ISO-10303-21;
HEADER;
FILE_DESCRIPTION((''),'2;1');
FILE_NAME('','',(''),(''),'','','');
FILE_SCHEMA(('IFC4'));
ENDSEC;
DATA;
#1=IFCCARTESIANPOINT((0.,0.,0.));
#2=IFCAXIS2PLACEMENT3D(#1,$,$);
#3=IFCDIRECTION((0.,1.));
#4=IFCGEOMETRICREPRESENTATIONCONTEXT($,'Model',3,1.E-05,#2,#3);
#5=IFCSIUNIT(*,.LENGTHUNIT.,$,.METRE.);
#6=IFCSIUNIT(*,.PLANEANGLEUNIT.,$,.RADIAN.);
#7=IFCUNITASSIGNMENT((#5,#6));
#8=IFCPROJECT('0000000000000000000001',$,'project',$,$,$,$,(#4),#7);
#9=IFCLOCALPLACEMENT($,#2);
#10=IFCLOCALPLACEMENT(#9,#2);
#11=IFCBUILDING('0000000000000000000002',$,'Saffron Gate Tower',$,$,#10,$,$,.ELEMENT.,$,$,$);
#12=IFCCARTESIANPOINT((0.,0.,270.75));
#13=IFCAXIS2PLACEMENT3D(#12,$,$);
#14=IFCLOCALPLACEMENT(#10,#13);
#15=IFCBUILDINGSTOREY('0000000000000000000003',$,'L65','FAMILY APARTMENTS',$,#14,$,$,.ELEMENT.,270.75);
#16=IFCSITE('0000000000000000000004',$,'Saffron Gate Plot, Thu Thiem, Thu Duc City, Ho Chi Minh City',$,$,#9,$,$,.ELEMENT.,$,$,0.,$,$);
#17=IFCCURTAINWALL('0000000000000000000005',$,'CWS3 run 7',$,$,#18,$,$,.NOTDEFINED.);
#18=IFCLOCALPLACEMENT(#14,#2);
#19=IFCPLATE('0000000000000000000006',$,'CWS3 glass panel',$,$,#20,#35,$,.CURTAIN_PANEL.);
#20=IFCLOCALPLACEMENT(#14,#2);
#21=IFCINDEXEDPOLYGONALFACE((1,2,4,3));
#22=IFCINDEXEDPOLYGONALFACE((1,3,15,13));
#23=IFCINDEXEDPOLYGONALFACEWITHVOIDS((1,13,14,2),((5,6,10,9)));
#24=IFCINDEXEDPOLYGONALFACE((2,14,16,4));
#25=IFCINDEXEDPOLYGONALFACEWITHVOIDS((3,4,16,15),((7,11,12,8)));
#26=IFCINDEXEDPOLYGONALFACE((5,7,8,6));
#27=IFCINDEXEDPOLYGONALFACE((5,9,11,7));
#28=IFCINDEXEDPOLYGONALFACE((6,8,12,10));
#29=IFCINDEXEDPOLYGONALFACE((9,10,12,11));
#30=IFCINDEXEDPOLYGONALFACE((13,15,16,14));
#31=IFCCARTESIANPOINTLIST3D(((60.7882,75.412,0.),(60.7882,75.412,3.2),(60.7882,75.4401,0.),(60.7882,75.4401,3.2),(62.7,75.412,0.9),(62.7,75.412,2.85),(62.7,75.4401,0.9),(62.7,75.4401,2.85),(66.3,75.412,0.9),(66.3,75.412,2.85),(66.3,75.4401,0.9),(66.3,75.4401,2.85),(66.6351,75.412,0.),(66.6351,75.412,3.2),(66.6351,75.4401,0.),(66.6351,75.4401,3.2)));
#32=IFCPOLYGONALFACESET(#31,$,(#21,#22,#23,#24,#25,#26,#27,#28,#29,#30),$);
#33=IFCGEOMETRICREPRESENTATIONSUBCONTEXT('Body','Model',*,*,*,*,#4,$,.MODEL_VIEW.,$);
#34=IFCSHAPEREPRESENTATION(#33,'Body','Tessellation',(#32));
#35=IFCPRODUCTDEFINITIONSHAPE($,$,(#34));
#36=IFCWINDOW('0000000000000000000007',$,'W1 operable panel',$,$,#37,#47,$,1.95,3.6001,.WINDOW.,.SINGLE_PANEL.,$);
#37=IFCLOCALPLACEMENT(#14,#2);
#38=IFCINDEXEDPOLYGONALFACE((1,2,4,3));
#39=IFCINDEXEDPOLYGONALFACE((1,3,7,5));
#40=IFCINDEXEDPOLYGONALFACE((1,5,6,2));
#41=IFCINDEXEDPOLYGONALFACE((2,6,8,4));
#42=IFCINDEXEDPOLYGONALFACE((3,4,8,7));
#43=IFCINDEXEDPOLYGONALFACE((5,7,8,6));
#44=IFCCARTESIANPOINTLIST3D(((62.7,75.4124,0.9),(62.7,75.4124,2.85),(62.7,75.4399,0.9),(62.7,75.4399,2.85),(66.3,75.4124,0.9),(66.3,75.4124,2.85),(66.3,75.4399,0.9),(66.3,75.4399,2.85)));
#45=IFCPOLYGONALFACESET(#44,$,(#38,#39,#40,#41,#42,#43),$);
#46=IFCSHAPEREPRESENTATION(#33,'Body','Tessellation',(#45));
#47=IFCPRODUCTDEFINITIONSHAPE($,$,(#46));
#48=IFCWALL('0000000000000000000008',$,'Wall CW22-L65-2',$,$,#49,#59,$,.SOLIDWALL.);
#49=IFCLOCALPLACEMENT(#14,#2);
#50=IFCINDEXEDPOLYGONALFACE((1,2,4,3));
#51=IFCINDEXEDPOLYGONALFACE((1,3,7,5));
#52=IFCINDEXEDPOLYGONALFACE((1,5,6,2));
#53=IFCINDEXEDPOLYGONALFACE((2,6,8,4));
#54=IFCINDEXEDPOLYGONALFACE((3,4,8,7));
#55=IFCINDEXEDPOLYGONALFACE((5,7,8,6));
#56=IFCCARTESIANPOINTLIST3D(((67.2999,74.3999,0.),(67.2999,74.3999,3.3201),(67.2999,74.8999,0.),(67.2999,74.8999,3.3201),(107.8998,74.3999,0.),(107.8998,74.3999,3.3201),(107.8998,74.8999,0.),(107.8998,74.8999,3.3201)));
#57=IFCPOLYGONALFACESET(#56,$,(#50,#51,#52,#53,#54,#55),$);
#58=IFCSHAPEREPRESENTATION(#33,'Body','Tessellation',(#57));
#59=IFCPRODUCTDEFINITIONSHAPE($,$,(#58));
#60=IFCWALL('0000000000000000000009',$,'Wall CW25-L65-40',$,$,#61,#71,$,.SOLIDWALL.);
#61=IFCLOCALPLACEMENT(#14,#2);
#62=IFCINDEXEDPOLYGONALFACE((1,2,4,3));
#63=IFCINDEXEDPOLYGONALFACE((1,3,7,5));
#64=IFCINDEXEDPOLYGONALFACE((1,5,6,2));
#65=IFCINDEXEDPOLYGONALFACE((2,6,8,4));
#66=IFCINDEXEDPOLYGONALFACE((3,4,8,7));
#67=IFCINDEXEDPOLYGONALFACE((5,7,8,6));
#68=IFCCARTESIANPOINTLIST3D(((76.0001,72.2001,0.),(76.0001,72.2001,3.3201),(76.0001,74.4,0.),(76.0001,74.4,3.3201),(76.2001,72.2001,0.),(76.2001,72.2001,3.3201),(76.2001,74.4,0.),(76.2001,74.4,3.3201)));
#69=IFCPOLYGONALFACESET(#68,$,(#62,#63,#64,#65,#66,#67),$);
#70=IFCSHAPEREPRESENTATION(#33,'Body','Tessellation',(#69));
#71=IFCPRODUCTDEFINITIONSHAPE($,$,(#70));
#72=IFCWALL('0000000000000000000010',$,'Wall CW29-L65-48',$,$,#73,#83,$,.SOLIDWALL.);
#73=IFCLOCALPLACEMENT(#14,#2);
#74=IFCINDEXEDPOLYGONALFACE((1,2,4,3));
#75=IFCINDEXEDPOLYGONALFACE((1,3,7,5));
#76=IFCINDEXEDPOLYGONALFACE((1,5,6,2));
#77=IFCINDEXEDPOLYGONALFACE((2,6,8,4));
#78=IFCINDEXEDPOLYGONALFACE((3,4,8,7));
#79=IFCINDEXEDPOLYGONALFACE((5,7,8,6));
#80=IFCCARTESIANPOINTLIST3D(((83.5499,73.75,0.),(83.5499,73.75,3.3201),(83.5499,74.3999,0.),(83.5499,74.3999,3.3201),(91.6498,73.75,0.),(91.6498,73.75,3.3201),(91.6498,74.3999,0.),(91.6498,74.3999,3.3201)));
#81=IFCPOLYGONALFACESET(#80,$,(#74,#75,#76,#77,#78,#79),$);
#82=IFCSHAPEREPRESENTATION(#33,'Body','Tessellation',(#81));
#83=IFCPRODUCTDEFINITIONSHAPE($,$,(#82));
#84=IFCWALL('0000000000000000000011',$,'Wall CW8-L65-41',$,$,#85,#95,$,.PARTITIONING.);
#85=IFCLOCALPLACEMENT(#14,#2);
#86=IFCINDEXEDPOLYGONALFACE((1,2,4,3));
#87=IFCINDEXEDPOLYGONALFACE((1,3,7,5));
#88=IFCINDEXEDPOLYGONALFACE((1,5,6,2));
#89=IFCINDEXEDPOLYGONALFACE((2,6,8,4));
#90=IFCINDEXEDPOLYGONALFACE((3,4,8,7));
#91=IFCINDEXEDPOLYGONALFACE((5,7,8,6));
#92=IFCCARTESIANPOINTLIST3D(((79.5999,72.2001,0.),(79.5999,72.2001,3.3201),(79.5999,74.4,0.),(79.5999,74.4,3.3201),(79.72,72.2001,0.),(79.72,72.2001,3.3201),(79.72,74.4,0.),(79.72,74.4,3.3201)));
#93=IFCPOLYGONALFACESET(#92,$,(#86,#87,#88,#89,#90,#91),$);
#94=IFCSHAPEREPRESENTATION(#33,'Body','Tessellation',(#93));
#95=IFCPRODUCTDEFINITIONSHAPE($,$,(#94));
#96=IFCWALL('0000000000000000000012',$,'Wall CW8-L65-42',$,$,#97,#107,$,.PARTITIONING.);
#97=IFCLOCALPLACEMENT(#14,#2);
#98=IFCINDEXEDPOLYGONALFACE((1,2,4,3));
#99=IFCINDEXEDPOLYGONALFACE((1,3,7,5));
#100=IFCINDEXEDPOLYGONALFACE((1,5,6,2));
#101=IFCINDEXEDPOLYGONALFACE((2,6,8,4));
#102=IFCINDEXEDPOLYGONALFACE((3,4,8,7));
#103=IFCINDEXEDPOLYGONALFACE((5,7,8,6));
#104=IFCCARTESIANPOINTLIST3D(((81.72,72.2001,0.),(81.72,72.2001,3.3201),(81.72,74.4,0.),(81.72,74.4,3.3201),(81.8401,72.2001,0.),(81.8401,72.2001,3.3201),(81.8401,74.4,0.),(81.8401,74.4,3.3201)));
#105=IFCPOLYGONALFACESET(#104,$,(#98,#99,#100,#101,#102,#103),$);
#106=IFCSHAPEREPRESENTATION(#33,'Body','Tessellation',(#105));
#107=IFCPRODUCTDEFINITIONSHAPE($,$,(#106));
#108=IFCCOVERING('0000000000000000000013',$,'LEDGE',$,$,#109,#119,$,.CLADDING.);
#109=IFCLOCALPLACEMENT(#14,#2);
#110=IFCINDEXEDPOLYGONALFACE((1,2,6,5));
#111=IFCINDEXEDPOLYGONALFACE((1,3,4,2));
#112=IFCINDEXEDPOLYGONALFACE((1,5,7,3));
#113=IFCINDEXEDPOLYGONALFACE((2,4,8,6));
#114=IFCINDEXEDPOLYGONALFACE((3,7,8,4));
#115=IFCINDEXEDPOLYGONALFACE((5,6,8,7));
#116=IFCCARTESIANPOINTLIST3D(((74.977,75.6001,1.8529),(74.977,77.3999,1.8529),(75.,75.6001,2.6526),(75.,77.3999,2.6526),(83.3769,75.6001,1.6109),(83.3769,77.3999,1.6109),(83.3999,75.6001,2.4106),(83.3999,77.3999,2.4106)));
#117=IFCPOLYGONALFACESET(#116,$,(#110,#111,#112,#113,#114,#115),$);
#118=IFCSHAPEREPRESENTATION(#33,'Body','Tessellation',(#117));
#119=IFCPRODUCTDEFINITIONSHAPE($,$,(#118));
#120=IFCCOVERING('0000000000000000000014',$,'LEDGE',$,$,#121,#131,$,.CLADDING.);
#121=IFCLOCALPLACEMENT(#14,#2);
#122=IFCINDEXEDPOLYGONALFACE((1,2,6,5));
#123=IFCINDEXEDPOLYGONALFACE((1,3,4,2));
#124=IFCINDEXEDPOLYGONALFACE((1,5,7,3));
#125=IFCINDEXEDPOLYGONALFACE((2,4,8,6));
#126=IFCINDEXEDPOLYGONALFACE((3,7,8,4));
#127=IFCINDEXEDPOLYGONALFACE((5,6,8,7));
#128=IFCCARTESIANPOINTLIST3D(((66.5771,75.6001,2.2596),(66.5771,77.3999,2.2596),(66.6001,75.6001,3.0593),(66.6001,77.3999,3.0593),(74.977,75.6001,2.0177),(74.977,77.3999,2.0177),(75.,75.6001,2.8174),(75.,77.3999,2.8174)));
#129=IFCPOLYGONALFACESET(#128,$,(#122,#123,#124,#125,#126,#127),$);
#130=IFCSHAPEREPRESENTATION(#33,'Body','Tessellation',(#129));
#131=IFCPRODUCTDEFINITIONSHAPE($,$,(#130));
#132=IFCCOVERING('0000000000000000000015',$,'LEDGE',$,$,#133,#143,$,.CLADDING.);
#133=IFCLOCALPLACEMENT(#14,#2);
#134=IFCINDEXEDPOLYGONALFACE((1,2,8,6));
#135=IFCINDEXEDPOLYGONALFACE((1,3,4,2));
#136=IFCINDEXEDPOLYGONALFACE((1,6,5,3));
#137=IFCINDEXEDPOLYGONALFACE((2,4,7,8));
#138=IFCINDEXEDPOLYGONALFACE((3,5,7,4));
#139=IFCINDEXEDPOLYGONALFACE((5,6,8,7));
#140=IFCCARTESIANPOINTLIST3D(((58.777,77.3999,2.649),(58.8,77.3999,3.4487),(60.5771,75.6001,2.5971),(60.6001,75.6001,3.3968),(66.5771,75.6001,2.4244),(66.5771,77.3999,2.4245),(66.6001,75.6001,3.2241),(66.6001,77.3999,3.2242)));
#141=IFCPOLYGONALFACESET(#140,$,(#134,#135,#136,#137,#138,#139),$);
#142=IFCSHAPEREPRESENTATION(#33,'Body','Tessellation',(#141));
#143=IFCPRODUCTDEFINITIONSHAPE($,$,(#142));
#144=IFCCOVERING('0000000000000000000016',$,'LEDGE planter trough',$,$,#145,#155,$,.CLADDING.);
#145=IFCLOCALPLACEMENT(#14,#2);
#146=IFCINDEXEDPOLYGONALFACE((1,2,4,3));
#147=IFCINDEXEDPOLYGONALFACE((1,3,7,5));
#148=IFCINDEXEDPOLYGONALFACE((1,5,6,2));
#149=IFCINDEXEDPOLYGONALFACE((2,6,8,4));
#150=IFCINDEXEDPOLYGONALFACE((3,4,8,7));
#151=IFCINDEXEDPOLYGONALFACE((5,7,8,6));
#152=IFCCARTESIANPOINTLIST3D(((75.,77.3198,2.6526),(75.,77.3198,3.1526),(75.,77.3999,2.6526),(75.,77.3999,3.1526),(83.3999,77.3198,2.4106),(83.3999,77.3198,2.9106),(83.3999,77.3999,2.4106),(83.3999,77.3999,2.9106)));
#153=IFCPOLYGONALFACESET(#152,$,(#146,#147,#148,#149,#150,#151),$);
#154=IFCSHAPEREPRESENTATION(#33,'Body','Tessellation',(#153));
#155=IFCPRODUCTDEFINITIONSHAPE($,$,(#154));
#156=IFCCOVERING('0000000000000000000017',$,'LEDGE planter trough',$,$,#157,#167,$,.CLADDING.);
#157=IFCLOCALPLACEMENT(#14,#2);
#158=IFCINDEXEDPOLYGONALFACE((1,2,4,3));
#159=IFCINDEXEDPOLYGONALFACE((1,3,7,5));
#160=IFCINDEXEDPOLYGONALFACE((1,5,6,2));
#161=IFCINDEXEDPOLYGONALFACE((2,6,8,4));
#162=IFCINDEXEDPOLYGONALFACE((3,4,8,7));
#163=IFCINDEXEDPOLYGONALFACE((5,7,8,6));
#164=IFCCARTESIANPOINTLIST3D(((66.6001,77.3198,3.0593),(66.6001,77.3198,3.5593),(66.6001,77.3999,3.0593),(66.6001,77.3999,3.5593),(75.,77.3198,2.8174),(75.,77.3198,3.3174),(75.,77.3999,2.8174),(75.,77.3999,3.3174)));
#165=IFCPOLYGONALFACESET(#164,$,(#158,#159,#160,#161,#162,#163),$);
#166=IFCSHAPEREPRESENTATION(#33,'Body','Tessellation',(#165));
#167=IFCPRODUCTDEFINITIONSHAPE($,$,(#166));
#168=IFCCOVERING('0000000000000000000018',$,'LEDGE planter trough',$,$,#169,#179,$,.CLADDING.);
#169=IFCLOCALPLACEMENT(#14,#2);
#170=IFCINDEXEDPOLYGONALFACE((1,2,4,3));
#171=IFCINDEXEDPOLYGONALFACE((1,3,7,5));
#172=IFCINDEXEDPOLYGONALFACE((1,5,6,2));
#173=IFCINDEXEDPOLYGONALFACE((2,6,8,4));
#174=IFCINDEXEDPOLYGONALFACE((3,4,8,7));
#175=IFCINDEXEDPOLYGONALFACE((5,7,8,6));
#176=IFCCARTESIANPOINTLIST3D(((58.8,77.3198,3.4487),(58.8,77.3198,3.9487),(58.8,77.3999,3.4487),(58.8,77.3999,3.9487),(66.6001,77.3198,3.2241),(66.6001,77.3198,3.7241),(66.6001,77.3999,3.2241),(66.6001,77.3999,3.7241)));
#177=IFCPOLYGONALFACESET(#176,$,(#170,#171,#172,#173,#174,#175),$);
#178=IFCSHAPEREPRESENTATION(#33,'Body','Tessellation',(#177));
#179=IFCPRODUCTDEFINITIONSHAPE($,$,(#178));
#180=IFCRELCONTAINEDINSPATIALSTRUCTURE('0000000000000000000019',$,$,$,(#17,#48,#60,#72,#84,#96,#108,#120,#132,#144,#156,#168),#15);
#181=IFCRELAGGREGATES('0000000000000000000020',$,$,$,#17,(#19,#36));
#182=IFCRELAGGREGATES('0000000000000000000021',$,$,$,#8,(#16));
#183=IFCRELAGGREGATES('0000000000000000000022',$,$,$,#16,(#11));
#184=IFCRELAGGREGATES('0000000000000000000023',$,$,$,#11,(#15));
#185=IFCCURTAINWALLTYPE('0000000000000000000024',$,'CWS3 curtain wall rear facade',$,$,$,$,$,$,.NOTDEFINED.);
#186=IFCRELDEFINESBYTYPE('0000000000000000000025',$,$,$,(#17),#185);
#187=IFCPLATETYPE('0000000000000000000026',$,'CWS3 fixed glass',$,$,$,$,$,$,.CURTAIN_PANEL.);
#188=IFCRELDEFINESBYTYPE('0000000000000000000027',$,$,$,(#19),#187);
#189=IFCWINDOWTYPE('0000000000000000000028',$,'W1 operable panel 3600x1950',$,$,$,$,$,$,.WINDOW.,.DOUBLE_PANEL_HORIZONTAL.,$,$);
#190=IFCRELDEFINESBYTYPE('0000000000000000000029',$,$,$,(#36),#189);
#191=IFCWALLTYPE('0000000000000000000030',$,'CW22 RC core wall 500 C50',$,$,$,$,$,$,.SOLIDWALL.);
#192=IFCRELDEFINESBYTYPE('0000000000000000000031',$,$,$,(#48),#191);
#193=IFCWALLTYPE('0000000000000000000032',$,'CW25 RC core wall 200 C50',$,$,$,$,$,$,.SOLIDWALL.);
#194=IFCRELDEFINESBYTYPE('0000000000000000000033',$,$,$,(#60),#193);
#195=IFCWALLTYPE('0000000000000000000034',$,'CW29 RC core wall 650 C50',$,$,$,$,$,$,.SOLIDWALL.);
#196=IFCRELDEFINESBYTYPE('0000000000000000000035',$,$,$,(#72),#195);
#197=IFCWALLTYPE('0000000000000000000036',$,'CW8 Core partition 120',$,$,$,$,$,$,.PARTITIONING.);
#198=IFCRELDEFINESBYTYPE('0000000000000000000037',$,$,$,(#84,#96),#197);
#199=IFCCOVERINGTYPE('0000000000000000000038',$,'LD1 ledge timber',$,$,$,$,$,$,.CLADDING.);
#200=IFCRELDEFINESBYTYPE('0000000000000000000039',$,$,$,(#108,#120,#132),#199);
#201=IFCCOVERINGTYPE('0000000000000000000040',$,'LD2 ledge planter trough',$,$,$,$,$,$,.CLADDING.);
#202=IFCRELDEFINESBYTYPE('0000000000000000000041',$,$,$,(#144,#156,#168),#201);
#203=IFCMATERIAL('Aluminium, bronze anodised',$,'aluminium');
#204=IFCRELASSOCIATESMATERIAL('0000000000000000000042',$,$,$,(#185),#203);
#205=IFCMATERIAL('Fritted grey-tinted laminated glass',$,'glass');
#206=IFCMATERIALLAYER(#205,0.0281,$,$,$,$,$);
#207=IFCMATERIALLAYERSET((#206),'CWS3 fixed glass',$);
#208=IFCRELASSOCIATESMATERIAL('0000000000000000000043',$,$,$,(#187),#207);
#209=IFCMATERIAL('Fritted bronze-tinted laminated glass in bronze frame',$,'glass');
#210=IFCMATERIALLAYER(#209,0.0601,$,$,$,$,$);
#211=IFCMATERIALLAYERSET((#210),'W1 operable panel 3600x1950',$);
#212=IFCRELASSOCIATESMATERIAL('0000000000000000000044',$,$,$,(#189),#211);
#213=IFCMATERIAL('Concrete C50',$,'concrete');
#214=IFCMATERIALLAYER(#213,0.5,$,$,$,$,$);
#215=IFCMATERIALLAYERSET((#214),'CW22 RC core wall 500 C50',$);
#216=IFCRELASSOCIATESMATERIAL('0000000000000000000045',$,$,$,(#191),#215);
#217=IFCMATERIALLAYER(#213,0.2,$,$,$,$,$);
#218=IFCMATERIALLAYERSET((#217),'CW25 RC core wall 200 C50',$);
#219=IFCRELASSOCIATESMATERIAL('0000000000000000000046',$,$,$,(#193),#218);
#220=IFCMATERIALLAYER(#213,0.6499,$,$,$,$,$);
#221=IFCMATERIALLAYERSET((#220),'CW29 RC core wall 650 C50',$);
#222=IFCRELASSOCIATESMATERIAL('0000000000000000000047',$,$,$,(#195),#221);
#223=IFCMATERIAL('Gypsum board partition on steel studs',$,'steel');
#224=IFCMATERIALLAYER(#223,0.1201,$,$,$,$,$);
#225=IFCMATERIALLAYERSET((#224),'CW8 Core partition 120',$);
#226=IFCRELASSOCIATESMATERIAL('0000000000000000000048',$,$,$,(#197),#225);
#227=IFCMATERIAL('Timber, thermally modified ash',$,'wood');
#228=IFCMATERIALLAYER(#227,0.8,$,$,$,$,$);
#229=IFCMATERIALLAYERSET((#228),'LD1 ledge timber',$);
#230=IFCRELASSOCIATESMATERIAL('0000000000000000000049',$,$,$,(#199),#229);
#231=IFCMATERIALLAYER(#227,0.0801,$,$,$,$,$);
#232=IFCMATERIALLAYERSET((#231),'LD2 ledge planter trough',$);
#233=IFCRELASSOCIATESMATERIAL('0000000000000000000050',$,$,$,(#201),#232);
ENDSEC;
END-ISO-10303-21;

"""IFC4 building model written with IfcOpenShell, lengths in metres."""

from ifc_helpers import new_model, si_unit, direction, frame, frame_2d, origin, place, context, subcontext, project, spatial, polyline, rectangle, outline, extrude, material, layer, layer_set, type_object, element, fill, aggregate, save


model = new_model("IFC4")

# Units and contexts
model_context = context("Model", 3, precision=1e-05, world=origin(), true_north=direction((0.0, 1.0)))
body_context = subcontext(model_context, "Body", "Model", "MODEL_VIEW")
ifc_project = project(units=[si_unit("LENGTHUNIT", "METRE"), si_unit("PLANEANGLEUNIT", "RADIAN")], contexts=[model_context])

# Site, building, storey
site_placement = place(None, origin())
site = spatial("IfcSite", under=ifc_project, at=site_placement, Name="Saffron Gate Plot, Thu Thiem, Thu Duc City, Ho Chi Minh City", CompositionType="ELEMENT", RefElevation=0.0)
building_placement = place(site_placement, origin())
building = spatial("IfcBuilding", under=site, at=building_placement, Name="Saffron Gate Tower", CompositionType="ELEMENT")
storey_placement = place(building_placement, frame((0.0, 0.0, 270.75)))
storey = spatial("IfcBuildingStorey", under=building, at=storey_placement, Name="L65", Description="FAMILY APARTMENTS", CompositionType="ELEMENT", Elevation=270.75)

# Curtain wall, plate, opening, window
ifc_material_1 = material(Name="Aluminium, bronze anodised", Category="aluminium")
curtain_wall_type = type_object("IfcCurtainWallType", Name="CWS3 curtain wall rear facade", PredefinedType="NOTDEFINED", material=ifc_material_1)
curtain_wall_placement = place(storey_placement, origin())
curtain_wall = element("IfcCurtainWall", 1, at=curtain_wall_placement, inside=storey, type_object=curtain_wall_type, Name="CWS3 run 7", PredefinedType="NOTDEFINED")
ifc_material_2 = material(Name="Fritted grey-tinted laminated glass", Category="glass")
ifc_layer_1 = layer(ifc_material_2, 0.0281)
ifc_layer_set_1 = layer_set([ifc_layer_1], Name="CWS3 fixed glass")
plate_type = type_object("IfcPlateType", Name="CWS3 fixed glass", PredefinedType="CURTAIN_PANEL", material=ifc_layer_set_1)
plate_placement = place(storey_placement, frame((66.635, 75.426, 0.0), z_axis=(0.0, 0.0, 1.0), x_axis=(-1.0, 0.0, 0.0)))
plate = element("IfcPlate", 2, at=plate_placement, type_object=plate_type, Name="CWS3 glass panel", PredefinedType="CURTAIN_PANEL", context=body_context, shape_type="SweptSolid", body=[
    extrude(rectangle(XDim=5.8469, YDim=0.0281, at=frame_2d((2.9233, 0.0))), origin(), (0.0, 0.0, 1.0), 3.2),
])
opening_placement = place(plate_placement, frame((0.335, 0.0, 0.8999)))
opening = element("IfcOpeningElement", 3, at=opening_placement, cuts=plate, PredefinedType="OPENING", context=body_context, shape_type="SweptSolid", body=[
    extrude(rectangle(XDim=3.6001, YDim=1.95, at=frame_2d((1.8, 0.9751))), frame((0.0, 0.0239, 0.0), z_axis=(0.0, -1.0, 0.0), x_axis=(1.0, 0.0, 0.0)), (0.0, 0.0, 1.0), 0.0481),
])
ifc_material_3 = material(Name="Fritted bronze-tinted laminated glass in bronze frame", Category="glass")
ifc_layer_2 = layer(ifc_material_3, 0.0601)
ifc_layer_set_2 = layer_set([ifc_layer_2], Name="W1 operable panel 3600x1950")
window_type = type_object("IfcWindowType", Name="W1 operable panel 3600x1950", PartitioningType="DOUBLE_PANEL_HORIZONTAL", PredefinedType="WINDOW", material=ifc_layer_set_2)
window_placement = place(opening_placement, origin())
window = element("IfcWindow", 4, at=window_placement, type_object=window_type, Name="W1 operable panel", OverallHeight=1.95, OverallWidth=3.6001, PartitioningType="SINGLE_PANEL", PredefinedType="WINDOW", context=body_context, shape_type="SweptSolid", body=[
    extrude(rectangle(XDim=3.6001, YDim=1.95, at=frame_2d((1.8, 0.9751))), frame((0.0, 0.0137, 0.0), z_axis=(0.0, -1.0, 0.0), x_axis=(1.0, 0.0, 0.0)), (0.0, 0.0, 1.0), 0.0276),
])
fill(opening, window)
aggregate(curtain_wall, [plate, window])

# Walls
ifc_material_4 = material(Name="Concrete C50", Category="concrete")
ifc_layer_3 = layer(ifc_material_4, 0.5)
ifc_layer_set_3 = layer_set([ifc_layer_3], Name="CW22 RC core wall 500 C50")
wall_type_1 = type_object("IfcWallType", Name="CW22 RC core wall 500 C50", PredefinedType="SOLIDWALL", material=ifc_layer_set_3)
wall_1_placement = place(storey_placement, frame((67.3, 74.6499, 0.0), z_axis=(0.0, 0.0, 1.0), x_axis=(1.0, 0.0, 0.0)))
element("IfcWall", 5, at=wall_1_placement, inside=storey, type_object=wall_type_1, Name="Wall CW22-L65-2", PredefinedType="SOLIDWALL", context=body_context, shape_type="SweptSolid", body=[
    extrude(rectangle(XDim=40.5999, YDim=0.5, at=frame_2d((20.2998, 0.0))), origin(), (0.0, 0.0, 1.0), 3.3201),
])
ifc_layer_4 = layer(ifc_material_4, 0.2)
ifc_layer_set_4 = layer_set([ifc_layer_4], Name="CW25 RC core wall 200 C50")
wall_type_2 = type_object("IfcWallType", Name="CW25 RC core wall 200 C50", PredefinedType="SOLIDWALL", material=ifc_layer_set_4)
wall_2_placement = place(storey_placement, frame((76.1001, 72.2, 0.0), z_axis=(0.0, 0.0, 1.0), x_axis=(0.0, 1.0, 0.0)))
element("IfcWall", 6, at=wall_2_placement, inside=storey, type_object=wall_type_2, Name="Wall CW25-L65-40", PredefinedType="SOLIDWALL", context=body_context, shape_type="SweptSolid", body=[
    extrude(rectangle(XDim=2.2, YDim=0.2, at=frame_2d((1.1001, 0.0))), origin(), (0.0, 0.0, 1.0), 3.3201),
])
ifc_layer_5 = layer(ifc_material_4, 0.6499)
ifc_layer_set_5 = layer_set([ifc_layer_5], Name="CW29 RC core wall 650 C50")
wall_type_3 = type_object("IfcWallType", Name="CW29 RC core wall 650 C50", PredefinedType="SOLIDWALL", material=ifc_layer_set_5)
wall_3_placement = place(storey_placement, frame((83.55, 74.075, 0.0), z_axis=(0.0, 0.0, 1.0), x_axis=(1.0, 0.0, 0.0)))
element("IfcWall", 7, at=wall_3_placement, inside=storey, type_object=wall_type_3, Name="Wall CW29-L65-48", PredefinedType="SOLIDWALL", context=body_context, shape_type="SweptSolid", body=[
    extrude(rectangle(XDim=8.0999, YDim=0.6499, at=frame_2d((4.0498, 0.0))), origin(), (0.0, 0.0, 1.0), 3.3201),
])
ifc_material_5 = material(Name="Gypsum board partition on steel studs", Category="steel")
ifc_layer_6 = layer(ifc_material_5, 0.1201)
ifc_layer_set_6 = layer_set([ifc_layer_6], Name="CW8 Core partition 120")
wall_type_4 = type_object("IfcWallType", Name="CW8 Core partition 120", PredefinedType="PARTITIONING", material=ifc_layer_set_6)
for number, where, z_axis, x_axis, name in (
    (8, (79.6599, 72.2, 0.0), (0.0, 0.0, 1.0), (0.0, 1.0, 0.0), "Wall CW8-L65-41"),
    (9, (81.78, 72.2, 0.0), (0.0, 0.0, 1.0), (0.0, 1.0, 0.0), "Wall CW8-L65-42"),
):
    element("IfcWall", number, at=place(storey_placement, frame(where, z_axis=z_axis, x_axis=x_axis)), inside=storey, type_object=wall_type_4, Name=name, PredefinedType="PARTITIONING", context=body_context, shape_type="SweptSolid", body=[
        extrude(rectangle(XDim=2.2, YDim=0.1201, at=frame_2d((1.1001, 0.0))), origin(), (0.0, 0.0, 1.0), 3.3201),
    ])

# Coverings
ifc_material_6 = material(Name="Timber, thermally modified ash", Category="wood")
ifc_layer_7 = layer(ifc_material_6, 0.8)
ifc_layer_set_7 = layer_set([ifc_layer_7], Name="LD1 ledge timber")
covering_type_1 = type_object("IfcCoveringType", Name="LD1 ledge timber", PredefinedType="CLADDING", material=ifc_layer_set_7)
for number, where, z_axis, x_axis, name in (
    (10, (83.3999, 75.6001, 2.4106), (0.028791, 0.0, 0.999585), (-0.999585, 0.0, 0.028791), "LEDGE"),
    (11, (75.0, 75.6001, 2.8174), (0.028791, 0.0, 0.999585), (-0.999585, 0.0, 0.028791), "LEDGE"),
):
    element("IfcCovering", number, at=place(storey_placement, frame(where, z_axis=z_axis, x_axis=x_axis)), inside=storey, type_object=covering_type_1, Name=name, PredefinedType="CLADDING", context=body_context, shape_type="SweptSolid", body=[
        extrude(outline(polyline([(0.0, 0.0), (8.4034, 0.0), (8.4034, -1.7998), (0.0, -1.7998), (0.0, 0.0)])), origin(), (0.0, 0.0, -1.0), 0.8),
    ])
covering_1_placement = place(storey_placement, frame((66.6001, 75.6001, 3.2241), z_axis=(0.028772, -0.000053, 0.999586), x_axis=(-0.999586, 0.0, 0.028772)))
element("IfcCovering", 12, at=covering_1_placement, inside=storey, type_object=covering_type_1, Name="LEDGE", PredefinedType="CLADDING", context=body_context, shape_type="SweptSolid", body=[
    extrude(outline(polyline([(0.0, 0.0), (6.0025, 0.0), (7.8033, -1.7998), (0.0, -1.7998), (0.0, 0.0)])), origin(), (0.0, 0.0, -1.0), 0.8),
])
ifc_layer_8 = layer(ifc_material_6, 0.0801)
ifc_layer_set_8 = layer_set([ifc_layer_8], Name="LD2 ledge planter trough")
covering_type_2 = type_object("IfcCoveringType", Name="LD2 ledge planter trough", PredefinedType="CLADDING", material=ifc_layer_set_8)
for number, where, z_axis, x_axis, name in (
    (13, (83.3999, 77.3999, 2.4106), (0.0, 1.0, 0.0), (-0.999585, 0.0, 0.028791), "LEDGE planter trough"),
    (14, (75.0, 77.3999, 2.8174), (0.0, 1.0, 0.0), (-0.999585, 0.0, 0.028791), "LEDGE planter trough"),
):
    element("IfcCovering", number, at=place(storey_placement, frame(where, z_axis=z_axis, x_axis=x_axis)), inside=storey, type_object=covering_type_2, Name=name, PredefinedType="CLADDING", context=body_context, shape_type="SweptSolid", body=[
        extrude(outline(polyline([(0.0, 0.0), (8.4034, 0.0), (8.4178, 0.4998), (0.0144, 0.4998), (0.0, 0.0)])), origin(), (0.0, 0.0, -1.0), 0.0801),
    ])
covering_2_placement = place(storey_placement, frame((66.6001, 77.3999, 3.2241), z_axis=(0.0, 1.0, 0.0), x_axis=(-0.999586, 0.0, 0.028784)))
element("IfcCovering", 15, at=covering_2_placement, inside=storey, type_object=covering_type_2, Name="LEDGE planter trough", PredefinedType="CLADDING", context=body_context, shape_type="SweptSolid", body=[
    extrude(outline(polyline([(0.0, 0.0), (7.8033, 0.0), (7.8177, 0.4998), (0.0144, 0.4998), (0.0, 0.0)])), origin(), (0.0, 0.0, -1.0), 0.0801),
])

save(model, "model.ifc")
